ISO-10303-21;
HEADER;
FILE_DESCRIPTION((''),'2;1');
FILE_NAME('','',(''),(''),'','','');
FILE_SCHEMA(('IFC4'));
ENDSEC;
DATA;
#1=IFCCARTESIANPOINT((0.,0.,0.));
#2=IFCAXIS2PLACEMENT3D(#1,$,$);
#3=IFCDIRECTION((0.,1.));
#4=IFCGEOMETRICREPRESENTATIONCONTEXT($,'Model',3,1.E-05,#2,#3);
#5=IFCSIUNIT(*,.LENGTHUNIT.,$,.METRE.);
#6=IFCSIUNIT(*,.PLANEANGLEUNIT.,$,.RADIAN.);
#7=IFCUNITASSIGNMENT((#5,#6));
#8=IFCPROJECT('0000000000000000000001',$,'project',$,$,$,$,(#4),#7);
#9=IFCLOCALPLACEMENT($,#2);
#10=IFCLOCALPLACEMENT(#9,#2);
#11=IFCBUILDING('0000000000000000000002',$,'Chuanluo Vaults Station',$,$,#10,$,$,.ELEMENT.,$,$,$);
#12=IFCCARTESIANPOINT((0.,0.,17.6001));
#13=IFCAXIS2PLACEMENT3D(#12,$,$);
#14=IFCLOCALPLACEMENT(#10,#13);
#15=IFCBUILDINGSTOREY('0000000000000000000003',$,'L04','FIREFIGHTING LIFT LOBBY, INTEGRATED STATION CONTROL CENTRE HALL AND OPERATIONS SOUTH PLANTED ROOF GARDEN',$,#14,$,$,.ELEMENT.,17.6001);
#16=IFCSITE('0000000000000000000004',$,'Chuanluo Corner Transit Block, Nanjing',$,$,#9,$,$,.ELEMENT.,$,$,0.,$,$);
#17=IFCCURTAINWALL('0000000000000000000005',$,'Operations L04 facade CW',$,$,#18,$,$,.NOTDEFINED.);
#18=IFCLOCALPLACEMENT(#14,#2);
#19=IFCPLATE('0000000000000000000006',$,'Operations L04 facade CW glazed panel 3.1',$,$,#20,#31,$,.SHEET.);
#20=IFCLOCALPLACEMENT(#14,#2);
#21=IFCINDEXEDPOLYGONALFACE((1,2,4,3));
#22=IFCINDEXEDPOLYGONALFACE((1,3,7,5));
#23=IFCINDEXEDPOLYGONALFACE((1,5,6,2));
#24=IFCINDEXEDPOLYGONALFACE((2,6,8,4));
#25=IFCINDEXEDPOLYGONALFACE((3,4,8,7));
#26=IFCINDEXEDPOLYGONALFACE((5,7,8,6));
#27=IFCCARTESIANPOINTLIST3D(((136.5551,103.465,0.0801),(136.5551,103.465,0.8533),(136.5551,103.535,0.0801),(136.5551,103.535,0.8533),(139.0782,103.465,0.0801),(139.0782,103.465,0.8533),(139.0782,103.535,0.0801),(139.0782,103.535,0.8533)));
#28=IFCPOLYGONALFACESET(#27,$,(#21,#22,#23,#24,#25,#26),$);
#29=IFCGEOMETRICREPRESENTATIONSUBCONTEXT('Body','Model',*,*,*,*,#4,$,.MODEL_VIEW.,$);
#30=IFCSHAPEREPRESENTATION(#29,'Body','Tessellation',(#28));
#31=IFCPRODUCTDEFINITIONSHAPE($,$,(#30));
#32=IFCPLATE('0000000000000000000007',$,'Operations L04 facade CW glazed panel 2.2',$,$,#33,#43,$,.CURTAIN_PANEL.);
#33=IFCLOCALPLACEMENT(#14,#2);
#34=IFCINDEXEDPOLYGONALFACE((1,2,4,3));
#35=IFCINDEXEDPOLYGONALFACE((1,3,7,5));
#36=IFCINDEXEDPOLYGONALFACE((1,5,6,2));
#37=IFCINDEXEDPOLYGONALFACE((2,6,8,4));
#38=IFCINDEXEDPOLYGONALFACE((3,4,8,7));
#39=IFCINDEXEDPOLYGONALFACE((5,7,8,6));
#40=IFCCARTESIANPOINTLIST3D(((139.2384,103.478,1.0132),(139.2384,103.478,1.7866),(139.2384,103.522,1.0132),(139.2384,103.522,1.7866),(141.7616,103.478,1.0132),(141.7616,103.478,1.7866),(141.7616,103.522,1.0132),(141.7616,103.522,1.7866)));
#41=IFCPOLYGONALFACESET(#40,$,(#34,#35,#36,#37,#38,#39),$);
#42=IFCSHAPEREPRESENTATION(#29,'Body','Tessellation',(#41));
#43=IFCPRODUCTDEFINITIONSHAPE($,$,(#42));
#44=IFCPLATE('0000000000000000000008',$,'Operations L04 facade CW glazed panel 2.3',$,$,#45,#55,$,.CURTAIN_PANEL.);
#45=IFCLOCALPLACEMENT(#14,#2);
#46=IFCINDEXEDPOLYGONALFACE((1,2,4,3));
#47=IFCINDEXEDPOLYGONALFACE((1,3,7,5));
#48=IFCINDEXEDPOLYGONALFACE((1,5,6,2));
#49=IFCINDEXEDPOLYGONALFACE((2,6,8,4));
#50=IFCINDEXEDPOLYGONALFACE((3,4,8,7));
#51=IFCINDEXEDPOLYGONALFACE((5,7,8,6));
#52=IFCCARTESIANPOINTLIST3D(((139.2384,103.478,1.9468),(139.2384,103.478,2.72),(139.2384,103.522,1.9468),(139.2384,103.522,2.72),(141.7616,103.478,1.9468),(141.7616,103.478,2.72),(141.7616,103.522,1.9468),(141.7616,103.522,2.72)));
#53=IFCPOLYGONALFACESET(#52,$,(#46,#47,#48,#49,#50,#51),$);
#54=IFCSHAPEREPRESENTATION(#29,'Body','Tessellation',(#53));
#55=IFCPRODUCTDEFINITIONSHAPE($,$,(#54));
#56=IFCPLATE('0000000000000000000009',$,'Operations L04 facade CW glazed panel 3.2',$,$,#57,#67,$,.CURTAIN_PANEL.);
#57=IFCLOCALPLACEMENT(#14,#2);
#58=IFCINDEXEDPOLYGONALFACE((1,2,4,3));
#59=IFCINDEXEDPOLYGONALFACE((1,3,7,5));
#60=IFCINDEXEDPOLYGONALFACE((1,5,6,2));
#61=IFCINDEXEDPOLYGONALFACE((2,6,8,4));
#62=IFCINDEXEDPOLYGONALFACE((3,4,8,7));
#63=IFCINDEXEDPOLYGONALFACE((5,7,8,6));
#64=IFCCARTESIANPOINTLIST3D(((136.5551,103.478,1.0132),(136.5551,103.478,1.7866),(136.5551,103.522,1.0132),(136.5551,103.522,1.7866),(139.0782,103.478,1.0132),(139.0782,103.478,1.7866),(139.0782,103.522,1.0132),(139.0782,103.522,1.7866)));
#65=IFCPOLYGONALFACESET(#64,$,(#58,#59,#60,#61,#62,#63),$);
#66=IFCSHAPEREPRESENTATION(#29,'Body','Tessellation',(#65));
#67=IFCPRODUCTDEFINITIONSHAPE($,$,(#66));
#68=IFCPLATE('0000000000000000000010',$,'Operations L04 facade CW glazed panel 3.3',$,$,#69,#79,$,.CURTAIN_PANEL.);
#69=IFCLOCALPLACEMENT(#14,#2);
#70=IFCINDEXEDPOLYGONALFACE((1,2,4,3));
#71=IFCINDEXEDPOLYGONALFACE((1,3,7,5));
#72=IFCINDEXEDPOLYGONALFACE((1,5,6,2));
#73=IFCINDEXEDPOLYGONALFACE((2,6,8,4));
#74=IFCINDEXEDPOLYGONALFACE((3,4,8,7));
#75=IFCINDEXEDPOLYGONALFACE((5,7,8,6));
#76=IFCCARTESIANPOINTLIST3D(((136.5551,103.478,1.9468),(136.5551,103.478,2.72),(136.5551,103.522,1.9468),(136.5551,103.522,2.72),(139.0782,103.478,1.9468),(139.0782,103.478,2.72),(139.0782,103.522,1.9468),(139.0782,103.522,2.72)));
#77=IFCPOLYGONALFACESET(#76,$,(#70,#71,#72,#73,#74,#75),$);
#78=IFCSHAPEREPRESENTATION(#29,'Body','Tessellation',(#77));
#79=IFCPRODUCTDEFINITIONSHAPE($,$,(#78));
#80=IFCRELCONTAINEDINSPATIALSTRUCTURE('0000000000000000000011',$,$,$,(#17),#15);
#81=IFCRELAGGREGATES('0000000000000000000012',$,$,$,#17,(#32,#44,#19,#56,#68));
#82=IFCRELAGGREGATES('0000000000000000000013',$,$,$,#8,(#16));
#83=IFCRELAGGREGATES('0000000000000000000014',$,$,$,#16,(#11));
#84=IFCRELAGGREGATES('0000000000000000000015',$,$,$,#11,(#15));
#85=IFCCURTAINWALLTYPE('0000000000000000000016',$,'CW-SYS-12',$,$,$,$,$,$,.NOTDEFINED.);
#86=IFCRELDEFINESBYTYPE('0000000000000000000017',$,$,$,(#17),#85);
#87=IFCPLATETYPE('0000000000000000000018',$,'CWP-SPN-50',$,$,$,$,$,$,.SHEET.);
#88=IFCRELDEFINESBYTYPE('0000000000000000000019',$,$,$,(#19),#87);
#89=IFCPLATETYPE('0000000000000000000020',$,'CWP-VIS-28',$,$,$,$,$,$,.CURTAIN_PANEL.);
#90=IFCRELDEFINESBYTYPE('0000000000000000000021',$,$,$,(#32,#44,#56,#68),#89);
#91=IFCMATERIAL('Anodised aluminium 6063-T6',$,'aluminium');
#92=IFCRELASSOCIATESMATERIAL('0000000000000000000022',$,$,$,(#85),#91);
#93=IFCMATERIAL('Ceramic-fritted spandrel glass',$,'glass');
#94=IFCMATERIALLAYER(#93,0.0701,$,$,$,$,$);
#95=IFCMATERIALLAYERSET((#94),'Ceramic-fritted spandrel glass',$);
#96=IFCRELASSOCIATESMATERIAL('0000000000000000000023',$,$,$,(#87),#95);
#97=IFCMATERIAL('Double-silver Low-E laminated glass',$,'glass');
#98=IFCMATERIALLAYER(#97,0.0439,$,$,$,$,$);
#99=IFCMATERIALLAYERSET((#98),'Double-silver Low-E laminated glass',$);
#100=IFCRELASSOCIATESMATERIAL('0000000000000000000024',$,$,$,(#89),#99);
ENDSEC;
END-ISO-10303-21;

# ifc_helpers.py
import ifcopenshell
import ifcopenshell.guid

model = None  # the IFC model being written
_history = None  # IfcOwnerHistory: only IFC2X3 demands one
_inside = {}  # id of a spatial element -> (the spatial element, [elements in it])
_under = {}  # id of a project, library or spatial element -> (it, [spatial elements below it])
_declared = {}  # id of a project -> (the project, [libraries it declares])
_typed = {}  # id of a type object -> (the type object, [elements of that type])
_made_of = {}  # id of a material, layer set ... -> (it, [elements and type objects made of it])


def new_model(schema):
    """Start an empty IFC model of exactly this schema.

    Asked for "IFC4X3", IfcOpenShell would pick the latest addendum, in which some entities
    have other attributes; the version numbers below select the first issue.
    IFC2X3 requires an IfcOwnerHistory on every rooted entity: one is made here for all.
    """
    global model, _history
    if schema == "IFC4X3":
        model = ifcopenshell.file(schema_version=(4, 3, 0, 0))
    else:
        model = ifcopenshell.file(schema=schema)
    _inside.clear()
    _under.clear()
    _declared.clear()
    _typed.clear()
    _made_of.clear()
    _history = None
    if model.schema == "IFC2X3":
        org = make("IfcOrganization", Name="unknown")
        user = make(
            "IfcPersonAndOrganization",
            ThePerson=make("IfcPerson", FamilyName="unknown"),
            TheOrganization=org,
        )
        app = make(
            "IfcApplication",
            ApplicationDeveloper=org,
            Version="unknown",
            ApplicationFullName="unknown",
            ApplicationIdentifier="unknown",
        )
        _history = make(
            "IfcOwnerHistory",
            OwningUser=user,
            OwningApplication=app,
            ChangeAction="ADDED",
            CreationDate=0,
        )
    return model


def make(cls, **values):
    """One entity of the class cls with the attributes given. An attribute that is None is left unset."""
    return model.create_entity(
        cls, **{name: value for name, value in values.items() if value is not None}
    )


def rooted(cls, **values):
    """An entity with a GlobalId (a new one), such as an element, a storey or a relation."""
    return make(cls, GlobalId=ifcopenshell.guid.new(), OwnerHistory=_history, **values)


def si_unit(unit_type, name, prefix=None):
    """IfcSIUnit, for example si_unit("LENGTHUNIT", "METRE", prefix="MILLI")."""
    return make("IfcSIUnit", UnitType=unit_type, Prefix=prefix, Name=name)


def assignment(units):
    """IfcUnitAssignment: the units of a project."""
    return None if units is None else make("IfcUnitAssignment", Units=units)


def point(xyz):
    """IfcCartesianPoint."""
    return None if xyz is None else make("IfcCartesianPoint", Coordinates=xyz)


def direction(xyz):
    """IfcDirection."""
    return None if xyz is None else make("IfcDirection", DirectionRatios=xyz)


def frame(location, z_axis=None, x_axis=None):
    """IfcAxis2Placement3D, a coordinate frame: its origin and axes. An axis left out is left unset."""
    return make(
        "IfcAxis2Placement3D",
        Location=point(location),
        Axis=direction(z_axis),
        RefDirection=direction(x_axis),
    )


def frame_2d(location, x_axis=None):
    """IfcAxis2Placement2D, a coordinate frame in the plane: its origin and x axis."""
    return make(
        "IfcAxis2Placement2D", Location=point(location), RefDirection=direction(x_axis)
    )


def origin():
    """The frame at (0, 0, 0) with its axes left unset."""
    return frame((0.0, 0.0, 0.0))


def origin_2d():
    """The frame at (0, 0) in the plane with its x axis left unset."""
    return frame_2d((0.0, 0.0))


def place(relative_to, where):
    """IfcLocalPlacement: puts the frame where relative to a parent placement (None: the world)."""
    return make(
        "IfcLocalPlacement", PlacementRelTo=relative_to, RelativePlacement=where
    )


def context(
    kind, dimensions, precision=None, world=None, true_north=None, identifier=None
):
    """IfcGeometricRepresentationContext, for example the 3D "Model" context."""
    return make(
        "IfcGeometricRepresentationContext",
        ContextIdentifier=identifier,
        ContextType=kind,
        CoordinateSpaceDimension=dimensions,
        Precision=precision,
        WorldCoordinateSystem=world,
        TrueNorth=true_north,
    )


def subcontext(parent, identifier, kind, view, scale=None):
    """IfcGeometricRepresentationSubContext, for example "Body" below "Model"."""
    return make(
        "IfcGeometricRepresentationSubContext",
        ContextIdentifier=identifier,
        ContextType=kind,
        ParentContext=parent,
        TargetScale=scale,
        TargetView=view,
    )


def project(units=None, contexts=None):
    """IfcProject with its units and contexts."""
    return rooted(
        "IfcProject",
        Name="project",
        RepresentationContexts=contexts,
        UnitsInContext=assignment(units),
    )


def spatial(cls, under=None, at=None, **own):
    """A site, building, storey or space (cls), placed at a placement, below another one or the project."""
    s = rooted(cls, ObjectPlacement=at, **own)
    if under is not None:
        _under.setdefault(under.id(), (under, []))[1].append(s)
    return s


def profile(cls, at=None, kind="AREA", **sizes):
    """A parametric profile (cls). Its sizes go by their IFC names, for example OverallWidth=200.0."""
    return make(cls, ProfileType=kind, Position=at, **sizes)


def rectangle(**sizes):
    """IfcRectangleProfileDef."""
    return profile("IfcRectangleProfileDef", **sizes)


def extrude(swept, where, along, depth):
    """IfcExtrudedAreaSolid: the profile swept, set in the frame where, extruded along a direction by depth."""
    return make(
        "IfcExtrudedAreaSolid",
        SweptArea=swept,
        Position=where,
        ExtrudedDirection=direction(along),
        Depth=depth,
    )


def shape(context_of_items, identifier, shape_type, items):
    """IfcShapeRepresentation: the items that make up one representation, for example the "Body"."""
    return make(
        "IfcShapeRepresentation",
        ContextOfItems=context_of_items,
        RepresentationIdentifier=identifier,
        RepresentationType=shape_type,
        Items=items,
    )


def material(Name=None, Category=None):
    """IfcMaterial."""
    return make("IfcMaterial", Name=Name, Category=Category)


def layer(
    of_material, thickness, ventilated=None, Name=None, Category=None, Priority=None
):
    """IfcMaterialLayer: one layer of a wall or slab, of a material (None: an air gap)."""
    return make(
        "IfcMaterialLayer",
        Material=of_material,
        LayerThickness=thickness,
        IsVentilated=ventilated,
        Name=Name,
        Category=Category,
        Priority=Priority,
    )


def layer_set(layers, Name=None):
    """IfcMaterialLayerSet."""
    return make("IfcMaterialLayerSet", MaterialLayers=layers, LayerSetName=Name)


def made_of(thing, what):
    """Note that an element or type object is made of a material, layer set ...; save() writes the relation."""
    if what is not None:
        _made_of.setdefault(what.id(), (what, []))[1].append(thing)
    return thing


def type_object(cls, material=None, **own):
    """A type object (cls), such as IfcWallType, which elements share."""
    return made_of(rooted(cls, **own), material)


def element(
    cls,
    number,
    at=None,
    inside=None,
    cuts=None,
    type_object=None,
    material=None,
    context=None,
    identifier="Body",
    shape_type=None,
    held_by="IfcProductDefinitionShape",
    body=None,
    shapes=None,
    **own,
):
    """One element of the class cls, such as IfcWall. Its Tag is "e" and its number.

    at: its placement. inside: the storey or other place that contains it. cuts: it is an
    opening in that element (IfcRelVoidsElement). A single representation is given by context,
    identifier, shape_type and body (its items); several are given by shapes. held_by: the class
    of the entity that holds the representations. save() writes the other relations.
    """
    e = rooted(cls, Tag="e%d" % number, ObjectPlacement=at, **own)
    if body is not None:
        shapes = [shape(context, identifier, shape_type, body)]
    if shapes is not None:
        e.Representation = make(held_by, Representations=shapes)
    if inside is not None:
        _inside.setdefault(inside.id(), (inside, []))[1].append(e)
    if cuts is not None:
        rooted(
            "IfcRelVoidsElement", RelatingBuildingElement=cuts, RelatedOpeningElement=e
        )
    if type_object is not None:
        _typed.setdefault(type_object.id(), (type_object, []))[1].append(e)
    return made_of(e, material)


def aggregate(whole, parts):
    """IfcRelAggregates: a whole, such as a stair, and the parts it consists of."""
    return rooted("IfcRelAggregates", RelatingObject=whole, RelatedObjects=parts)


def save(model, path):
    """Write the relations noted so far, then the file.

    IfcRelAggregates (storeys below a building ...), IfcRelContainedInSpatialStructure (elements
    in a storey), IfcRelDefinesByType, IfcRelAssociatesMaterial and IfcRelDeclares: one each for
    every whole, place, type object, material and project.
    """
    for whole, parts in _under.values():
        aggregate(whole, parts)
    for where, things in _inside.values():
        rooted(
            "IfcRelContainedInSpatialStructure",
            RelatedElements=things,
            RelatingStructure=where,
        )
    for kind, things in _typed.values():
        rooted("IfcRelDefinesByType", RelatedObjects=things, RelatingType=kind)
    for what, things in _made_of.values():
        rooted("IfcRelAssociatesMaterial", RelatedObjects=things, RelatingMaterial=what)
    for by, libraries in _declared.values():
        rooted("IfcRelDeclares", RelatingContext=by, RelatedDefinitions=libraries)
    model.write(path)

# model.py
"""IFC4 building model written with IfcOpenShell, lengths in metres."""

from ifc_helpers import new_model, si_unit, direction, frame, origin, origin_2d, place, context, subcontext, project, spatial, rectangle, extrude, material, layer, layer_set, type_object, element, aggregate, save


model = new_model("IFC4")

# Units and contexts
model_context = context("Model", 3, precision=1e-05, world=origin(), true_north=direction((0.0, 1.0)))
body_context = subcontext(model_context, "Body", "Model", "MODEL_VIEW")
ifc_project = project(units=[si_unit("LENGTHUNIT", "METRE"), si_unit("PLANEANGLEUNIT", "RADIAN")], contexts=[model_context])

# Site, building, storey
site_placement = place(None, origin())
site = spatial("IfcSite", under=ifc_project, at=site_placement, Name="Chuanluo Corner Transit Block, Nanjing", CompositionType="ELEMENT", RefElevation=0.0)
building_placement = place(site_placement, origin())
building = spatial("IfcBuilding", under=site, at=building_placement, Name="Chuanluo Vaults Station", CompositionType="ELEMENT")
storey_placement = place(building_placement, frame((0.0, 0.0, 17.6001)))
storey = spatial("IfcBuildingStorey", under=building, at=storey_placement, Name="L04", Description="FIREFIGHTING LIFT LOBBY, INTEGRATED STATION CONTROL CENTRE HALL AND OPERATIONS SOUTH PLANTED ROOF GARDEN", CompositionType="ELEMENT", Elevation=17.6001)

# Curtain wall
ifc_material_1 = material(Name="Anodised aluminium 6063-T6", Category="aluminium")
curtain_wall_type_1 = type_object("IfcCurtainWallType", Name="CW-SYS-12", PredefinedType="NOTDEFINED", material=ifc_material_1)
curtain_wall_1_placement = place(storey_placement, origin())
curtain_wall_1 = element("IfcCurtainWall", 1, at=curtain_wall_1_placement, inside=storey, type_object=curtain_wall_type_1, Name="Operations L04 facade CW", PredefinedType="NOTDEFINED")

# Plates
ifc_material_2 = material(Name="Ceramic-fritted spandrel glass", Category="glass")
ifc_layer_1 = layer(ifc_material_2, 0.0701)
ifc_layer_set_1 = layer_set([ifc_layer_1], Name="Ceramic-fritted spandrel glass")
plate_type_1 = type_object("IfcPlateType", Name="CWP-SPN-50", PredefinedType="SHEET", material=ifc_layer_set_1)
plate_1_placement = place(storey_placement, frame((137.8167, 103.5, 0.0801), z_axis=(0.0, 0.0, 1.0), x_axis=(-1.0, 0.0, 0.0)))
plate_1 = element("IfcPlate", 2, at=plate_1_placement, type_object=plate_type_1, Name="Operations L04 facade CW glazed panel 3.1", PredefinedType="SHEET", context=body_context, shape_type="SweptSolid", body=[
    extrude(rectangle(XDim=2.5232, YDim=0.0701, at=origin_2d()), origin(), (0.0, 0.0, 1.0), 0.7732),
])
ifc_material_3 = material(Name="Double-silver Low-E laminated glass", Category="glass")
ifc_layer_2 = layer(ifc_material_3, 0.0439)
ifc_layer_set_2 = layer_set([ifc_layer_2], Name="Double-silver Low-E laminated glass")
plate_type_2 = type_object("IfcPlateType", Name="CWP-VIS-28", PredefinedType="CURTAIN_PANEL", material=ifc_layer_set_2)
plate_2_placement = place(storey_placement, frame((140.5, 103.5, 1.0132), z_axis=(0.0, 0.0, 1.0), x_axis=(-1.0, 0.0, 0.0)))
plate_2 = element("IfcPlate", 3, at=plate_2_placement, type_object=plate_type_2, Name="Operations L04 facade CW glazed panel 2.2", PredefinedType="CURTAIN_PANEL", context=body_context, shape_type="SweptSolid", body=[
    extrude(rectangle(XDim=2.5232, YDim=0.0439, at=origin_2d()), origin(), (0.0, 0.0, 1.0), 0.7734),
])
plate_3_placement = place(storey_placement, frame((140.5, 103.5, 1.9468), z_axis=(0.0, 0.0, 1.0), x_axis=(-1.0, 0.0, 0.0)))
plate_3 = element("IfcPlate", 4, at=plate_3_placement, type_object=plate_type_2, Name="Operations L04 facade CW glazed panel 2.3", PredefinedType="CURTAIN_PANEL", context=body_context, shape_type="SweptSolid", body=[
    extrude(rectangle(XDim=2.5232, YDim=0.0439, at=origin_2d()), origin(), (0.0, 0.0, 1.0), 0.7732),
])
plate_4_placement = place(storey_placement, frame((137.8167, 103.5, 1.0132), z_axis=(0.0, 0.0, 1.0), x_axis=(-1.0, 0.0, 0.0)))
plate_4 = element("IfcPlate", 5, at=plate_4_placement, type_object=plate_type_2, Name="Operations L04 facade CW glazed panel 3.2", PredefinedType="CURTAIN_PANEL", context=body_context, shape_type="SweptSolid", body=[
    extrude(rectangle(XDim=2.5232, YDim=0.0439, at=origin_2d()), origin(), (0.0, 0.0, 1.0), 0.7734),
])
plate_5_placement = place(storey_placement, frame((137.8167, 103.5, 1.9468), z_axis=(0.0, 0.0, 1.0), x_axis=(-1.0, 0.0, 0.0)))
plate_5 = element("IfcPlate", 6, at=plate_5_placement, type_object=plate_type_2, Name="Operations L04 facade CW glazed panel 3.3", PredefinedType="CURTAIN_PANEL", context=body_context, shape_type="SweptSolid", body=[
    extrude(rectangle(XDim=2.5232, YDim=0.0439, at=origin_2d()), origin(), (0.0, 0.0, 1.0), 0.7732),
])
aggregate(curtain_wall_1, [plate_2, plate_3, plate_1, plate_4, plate_5])

save(model, "model.ifc")
